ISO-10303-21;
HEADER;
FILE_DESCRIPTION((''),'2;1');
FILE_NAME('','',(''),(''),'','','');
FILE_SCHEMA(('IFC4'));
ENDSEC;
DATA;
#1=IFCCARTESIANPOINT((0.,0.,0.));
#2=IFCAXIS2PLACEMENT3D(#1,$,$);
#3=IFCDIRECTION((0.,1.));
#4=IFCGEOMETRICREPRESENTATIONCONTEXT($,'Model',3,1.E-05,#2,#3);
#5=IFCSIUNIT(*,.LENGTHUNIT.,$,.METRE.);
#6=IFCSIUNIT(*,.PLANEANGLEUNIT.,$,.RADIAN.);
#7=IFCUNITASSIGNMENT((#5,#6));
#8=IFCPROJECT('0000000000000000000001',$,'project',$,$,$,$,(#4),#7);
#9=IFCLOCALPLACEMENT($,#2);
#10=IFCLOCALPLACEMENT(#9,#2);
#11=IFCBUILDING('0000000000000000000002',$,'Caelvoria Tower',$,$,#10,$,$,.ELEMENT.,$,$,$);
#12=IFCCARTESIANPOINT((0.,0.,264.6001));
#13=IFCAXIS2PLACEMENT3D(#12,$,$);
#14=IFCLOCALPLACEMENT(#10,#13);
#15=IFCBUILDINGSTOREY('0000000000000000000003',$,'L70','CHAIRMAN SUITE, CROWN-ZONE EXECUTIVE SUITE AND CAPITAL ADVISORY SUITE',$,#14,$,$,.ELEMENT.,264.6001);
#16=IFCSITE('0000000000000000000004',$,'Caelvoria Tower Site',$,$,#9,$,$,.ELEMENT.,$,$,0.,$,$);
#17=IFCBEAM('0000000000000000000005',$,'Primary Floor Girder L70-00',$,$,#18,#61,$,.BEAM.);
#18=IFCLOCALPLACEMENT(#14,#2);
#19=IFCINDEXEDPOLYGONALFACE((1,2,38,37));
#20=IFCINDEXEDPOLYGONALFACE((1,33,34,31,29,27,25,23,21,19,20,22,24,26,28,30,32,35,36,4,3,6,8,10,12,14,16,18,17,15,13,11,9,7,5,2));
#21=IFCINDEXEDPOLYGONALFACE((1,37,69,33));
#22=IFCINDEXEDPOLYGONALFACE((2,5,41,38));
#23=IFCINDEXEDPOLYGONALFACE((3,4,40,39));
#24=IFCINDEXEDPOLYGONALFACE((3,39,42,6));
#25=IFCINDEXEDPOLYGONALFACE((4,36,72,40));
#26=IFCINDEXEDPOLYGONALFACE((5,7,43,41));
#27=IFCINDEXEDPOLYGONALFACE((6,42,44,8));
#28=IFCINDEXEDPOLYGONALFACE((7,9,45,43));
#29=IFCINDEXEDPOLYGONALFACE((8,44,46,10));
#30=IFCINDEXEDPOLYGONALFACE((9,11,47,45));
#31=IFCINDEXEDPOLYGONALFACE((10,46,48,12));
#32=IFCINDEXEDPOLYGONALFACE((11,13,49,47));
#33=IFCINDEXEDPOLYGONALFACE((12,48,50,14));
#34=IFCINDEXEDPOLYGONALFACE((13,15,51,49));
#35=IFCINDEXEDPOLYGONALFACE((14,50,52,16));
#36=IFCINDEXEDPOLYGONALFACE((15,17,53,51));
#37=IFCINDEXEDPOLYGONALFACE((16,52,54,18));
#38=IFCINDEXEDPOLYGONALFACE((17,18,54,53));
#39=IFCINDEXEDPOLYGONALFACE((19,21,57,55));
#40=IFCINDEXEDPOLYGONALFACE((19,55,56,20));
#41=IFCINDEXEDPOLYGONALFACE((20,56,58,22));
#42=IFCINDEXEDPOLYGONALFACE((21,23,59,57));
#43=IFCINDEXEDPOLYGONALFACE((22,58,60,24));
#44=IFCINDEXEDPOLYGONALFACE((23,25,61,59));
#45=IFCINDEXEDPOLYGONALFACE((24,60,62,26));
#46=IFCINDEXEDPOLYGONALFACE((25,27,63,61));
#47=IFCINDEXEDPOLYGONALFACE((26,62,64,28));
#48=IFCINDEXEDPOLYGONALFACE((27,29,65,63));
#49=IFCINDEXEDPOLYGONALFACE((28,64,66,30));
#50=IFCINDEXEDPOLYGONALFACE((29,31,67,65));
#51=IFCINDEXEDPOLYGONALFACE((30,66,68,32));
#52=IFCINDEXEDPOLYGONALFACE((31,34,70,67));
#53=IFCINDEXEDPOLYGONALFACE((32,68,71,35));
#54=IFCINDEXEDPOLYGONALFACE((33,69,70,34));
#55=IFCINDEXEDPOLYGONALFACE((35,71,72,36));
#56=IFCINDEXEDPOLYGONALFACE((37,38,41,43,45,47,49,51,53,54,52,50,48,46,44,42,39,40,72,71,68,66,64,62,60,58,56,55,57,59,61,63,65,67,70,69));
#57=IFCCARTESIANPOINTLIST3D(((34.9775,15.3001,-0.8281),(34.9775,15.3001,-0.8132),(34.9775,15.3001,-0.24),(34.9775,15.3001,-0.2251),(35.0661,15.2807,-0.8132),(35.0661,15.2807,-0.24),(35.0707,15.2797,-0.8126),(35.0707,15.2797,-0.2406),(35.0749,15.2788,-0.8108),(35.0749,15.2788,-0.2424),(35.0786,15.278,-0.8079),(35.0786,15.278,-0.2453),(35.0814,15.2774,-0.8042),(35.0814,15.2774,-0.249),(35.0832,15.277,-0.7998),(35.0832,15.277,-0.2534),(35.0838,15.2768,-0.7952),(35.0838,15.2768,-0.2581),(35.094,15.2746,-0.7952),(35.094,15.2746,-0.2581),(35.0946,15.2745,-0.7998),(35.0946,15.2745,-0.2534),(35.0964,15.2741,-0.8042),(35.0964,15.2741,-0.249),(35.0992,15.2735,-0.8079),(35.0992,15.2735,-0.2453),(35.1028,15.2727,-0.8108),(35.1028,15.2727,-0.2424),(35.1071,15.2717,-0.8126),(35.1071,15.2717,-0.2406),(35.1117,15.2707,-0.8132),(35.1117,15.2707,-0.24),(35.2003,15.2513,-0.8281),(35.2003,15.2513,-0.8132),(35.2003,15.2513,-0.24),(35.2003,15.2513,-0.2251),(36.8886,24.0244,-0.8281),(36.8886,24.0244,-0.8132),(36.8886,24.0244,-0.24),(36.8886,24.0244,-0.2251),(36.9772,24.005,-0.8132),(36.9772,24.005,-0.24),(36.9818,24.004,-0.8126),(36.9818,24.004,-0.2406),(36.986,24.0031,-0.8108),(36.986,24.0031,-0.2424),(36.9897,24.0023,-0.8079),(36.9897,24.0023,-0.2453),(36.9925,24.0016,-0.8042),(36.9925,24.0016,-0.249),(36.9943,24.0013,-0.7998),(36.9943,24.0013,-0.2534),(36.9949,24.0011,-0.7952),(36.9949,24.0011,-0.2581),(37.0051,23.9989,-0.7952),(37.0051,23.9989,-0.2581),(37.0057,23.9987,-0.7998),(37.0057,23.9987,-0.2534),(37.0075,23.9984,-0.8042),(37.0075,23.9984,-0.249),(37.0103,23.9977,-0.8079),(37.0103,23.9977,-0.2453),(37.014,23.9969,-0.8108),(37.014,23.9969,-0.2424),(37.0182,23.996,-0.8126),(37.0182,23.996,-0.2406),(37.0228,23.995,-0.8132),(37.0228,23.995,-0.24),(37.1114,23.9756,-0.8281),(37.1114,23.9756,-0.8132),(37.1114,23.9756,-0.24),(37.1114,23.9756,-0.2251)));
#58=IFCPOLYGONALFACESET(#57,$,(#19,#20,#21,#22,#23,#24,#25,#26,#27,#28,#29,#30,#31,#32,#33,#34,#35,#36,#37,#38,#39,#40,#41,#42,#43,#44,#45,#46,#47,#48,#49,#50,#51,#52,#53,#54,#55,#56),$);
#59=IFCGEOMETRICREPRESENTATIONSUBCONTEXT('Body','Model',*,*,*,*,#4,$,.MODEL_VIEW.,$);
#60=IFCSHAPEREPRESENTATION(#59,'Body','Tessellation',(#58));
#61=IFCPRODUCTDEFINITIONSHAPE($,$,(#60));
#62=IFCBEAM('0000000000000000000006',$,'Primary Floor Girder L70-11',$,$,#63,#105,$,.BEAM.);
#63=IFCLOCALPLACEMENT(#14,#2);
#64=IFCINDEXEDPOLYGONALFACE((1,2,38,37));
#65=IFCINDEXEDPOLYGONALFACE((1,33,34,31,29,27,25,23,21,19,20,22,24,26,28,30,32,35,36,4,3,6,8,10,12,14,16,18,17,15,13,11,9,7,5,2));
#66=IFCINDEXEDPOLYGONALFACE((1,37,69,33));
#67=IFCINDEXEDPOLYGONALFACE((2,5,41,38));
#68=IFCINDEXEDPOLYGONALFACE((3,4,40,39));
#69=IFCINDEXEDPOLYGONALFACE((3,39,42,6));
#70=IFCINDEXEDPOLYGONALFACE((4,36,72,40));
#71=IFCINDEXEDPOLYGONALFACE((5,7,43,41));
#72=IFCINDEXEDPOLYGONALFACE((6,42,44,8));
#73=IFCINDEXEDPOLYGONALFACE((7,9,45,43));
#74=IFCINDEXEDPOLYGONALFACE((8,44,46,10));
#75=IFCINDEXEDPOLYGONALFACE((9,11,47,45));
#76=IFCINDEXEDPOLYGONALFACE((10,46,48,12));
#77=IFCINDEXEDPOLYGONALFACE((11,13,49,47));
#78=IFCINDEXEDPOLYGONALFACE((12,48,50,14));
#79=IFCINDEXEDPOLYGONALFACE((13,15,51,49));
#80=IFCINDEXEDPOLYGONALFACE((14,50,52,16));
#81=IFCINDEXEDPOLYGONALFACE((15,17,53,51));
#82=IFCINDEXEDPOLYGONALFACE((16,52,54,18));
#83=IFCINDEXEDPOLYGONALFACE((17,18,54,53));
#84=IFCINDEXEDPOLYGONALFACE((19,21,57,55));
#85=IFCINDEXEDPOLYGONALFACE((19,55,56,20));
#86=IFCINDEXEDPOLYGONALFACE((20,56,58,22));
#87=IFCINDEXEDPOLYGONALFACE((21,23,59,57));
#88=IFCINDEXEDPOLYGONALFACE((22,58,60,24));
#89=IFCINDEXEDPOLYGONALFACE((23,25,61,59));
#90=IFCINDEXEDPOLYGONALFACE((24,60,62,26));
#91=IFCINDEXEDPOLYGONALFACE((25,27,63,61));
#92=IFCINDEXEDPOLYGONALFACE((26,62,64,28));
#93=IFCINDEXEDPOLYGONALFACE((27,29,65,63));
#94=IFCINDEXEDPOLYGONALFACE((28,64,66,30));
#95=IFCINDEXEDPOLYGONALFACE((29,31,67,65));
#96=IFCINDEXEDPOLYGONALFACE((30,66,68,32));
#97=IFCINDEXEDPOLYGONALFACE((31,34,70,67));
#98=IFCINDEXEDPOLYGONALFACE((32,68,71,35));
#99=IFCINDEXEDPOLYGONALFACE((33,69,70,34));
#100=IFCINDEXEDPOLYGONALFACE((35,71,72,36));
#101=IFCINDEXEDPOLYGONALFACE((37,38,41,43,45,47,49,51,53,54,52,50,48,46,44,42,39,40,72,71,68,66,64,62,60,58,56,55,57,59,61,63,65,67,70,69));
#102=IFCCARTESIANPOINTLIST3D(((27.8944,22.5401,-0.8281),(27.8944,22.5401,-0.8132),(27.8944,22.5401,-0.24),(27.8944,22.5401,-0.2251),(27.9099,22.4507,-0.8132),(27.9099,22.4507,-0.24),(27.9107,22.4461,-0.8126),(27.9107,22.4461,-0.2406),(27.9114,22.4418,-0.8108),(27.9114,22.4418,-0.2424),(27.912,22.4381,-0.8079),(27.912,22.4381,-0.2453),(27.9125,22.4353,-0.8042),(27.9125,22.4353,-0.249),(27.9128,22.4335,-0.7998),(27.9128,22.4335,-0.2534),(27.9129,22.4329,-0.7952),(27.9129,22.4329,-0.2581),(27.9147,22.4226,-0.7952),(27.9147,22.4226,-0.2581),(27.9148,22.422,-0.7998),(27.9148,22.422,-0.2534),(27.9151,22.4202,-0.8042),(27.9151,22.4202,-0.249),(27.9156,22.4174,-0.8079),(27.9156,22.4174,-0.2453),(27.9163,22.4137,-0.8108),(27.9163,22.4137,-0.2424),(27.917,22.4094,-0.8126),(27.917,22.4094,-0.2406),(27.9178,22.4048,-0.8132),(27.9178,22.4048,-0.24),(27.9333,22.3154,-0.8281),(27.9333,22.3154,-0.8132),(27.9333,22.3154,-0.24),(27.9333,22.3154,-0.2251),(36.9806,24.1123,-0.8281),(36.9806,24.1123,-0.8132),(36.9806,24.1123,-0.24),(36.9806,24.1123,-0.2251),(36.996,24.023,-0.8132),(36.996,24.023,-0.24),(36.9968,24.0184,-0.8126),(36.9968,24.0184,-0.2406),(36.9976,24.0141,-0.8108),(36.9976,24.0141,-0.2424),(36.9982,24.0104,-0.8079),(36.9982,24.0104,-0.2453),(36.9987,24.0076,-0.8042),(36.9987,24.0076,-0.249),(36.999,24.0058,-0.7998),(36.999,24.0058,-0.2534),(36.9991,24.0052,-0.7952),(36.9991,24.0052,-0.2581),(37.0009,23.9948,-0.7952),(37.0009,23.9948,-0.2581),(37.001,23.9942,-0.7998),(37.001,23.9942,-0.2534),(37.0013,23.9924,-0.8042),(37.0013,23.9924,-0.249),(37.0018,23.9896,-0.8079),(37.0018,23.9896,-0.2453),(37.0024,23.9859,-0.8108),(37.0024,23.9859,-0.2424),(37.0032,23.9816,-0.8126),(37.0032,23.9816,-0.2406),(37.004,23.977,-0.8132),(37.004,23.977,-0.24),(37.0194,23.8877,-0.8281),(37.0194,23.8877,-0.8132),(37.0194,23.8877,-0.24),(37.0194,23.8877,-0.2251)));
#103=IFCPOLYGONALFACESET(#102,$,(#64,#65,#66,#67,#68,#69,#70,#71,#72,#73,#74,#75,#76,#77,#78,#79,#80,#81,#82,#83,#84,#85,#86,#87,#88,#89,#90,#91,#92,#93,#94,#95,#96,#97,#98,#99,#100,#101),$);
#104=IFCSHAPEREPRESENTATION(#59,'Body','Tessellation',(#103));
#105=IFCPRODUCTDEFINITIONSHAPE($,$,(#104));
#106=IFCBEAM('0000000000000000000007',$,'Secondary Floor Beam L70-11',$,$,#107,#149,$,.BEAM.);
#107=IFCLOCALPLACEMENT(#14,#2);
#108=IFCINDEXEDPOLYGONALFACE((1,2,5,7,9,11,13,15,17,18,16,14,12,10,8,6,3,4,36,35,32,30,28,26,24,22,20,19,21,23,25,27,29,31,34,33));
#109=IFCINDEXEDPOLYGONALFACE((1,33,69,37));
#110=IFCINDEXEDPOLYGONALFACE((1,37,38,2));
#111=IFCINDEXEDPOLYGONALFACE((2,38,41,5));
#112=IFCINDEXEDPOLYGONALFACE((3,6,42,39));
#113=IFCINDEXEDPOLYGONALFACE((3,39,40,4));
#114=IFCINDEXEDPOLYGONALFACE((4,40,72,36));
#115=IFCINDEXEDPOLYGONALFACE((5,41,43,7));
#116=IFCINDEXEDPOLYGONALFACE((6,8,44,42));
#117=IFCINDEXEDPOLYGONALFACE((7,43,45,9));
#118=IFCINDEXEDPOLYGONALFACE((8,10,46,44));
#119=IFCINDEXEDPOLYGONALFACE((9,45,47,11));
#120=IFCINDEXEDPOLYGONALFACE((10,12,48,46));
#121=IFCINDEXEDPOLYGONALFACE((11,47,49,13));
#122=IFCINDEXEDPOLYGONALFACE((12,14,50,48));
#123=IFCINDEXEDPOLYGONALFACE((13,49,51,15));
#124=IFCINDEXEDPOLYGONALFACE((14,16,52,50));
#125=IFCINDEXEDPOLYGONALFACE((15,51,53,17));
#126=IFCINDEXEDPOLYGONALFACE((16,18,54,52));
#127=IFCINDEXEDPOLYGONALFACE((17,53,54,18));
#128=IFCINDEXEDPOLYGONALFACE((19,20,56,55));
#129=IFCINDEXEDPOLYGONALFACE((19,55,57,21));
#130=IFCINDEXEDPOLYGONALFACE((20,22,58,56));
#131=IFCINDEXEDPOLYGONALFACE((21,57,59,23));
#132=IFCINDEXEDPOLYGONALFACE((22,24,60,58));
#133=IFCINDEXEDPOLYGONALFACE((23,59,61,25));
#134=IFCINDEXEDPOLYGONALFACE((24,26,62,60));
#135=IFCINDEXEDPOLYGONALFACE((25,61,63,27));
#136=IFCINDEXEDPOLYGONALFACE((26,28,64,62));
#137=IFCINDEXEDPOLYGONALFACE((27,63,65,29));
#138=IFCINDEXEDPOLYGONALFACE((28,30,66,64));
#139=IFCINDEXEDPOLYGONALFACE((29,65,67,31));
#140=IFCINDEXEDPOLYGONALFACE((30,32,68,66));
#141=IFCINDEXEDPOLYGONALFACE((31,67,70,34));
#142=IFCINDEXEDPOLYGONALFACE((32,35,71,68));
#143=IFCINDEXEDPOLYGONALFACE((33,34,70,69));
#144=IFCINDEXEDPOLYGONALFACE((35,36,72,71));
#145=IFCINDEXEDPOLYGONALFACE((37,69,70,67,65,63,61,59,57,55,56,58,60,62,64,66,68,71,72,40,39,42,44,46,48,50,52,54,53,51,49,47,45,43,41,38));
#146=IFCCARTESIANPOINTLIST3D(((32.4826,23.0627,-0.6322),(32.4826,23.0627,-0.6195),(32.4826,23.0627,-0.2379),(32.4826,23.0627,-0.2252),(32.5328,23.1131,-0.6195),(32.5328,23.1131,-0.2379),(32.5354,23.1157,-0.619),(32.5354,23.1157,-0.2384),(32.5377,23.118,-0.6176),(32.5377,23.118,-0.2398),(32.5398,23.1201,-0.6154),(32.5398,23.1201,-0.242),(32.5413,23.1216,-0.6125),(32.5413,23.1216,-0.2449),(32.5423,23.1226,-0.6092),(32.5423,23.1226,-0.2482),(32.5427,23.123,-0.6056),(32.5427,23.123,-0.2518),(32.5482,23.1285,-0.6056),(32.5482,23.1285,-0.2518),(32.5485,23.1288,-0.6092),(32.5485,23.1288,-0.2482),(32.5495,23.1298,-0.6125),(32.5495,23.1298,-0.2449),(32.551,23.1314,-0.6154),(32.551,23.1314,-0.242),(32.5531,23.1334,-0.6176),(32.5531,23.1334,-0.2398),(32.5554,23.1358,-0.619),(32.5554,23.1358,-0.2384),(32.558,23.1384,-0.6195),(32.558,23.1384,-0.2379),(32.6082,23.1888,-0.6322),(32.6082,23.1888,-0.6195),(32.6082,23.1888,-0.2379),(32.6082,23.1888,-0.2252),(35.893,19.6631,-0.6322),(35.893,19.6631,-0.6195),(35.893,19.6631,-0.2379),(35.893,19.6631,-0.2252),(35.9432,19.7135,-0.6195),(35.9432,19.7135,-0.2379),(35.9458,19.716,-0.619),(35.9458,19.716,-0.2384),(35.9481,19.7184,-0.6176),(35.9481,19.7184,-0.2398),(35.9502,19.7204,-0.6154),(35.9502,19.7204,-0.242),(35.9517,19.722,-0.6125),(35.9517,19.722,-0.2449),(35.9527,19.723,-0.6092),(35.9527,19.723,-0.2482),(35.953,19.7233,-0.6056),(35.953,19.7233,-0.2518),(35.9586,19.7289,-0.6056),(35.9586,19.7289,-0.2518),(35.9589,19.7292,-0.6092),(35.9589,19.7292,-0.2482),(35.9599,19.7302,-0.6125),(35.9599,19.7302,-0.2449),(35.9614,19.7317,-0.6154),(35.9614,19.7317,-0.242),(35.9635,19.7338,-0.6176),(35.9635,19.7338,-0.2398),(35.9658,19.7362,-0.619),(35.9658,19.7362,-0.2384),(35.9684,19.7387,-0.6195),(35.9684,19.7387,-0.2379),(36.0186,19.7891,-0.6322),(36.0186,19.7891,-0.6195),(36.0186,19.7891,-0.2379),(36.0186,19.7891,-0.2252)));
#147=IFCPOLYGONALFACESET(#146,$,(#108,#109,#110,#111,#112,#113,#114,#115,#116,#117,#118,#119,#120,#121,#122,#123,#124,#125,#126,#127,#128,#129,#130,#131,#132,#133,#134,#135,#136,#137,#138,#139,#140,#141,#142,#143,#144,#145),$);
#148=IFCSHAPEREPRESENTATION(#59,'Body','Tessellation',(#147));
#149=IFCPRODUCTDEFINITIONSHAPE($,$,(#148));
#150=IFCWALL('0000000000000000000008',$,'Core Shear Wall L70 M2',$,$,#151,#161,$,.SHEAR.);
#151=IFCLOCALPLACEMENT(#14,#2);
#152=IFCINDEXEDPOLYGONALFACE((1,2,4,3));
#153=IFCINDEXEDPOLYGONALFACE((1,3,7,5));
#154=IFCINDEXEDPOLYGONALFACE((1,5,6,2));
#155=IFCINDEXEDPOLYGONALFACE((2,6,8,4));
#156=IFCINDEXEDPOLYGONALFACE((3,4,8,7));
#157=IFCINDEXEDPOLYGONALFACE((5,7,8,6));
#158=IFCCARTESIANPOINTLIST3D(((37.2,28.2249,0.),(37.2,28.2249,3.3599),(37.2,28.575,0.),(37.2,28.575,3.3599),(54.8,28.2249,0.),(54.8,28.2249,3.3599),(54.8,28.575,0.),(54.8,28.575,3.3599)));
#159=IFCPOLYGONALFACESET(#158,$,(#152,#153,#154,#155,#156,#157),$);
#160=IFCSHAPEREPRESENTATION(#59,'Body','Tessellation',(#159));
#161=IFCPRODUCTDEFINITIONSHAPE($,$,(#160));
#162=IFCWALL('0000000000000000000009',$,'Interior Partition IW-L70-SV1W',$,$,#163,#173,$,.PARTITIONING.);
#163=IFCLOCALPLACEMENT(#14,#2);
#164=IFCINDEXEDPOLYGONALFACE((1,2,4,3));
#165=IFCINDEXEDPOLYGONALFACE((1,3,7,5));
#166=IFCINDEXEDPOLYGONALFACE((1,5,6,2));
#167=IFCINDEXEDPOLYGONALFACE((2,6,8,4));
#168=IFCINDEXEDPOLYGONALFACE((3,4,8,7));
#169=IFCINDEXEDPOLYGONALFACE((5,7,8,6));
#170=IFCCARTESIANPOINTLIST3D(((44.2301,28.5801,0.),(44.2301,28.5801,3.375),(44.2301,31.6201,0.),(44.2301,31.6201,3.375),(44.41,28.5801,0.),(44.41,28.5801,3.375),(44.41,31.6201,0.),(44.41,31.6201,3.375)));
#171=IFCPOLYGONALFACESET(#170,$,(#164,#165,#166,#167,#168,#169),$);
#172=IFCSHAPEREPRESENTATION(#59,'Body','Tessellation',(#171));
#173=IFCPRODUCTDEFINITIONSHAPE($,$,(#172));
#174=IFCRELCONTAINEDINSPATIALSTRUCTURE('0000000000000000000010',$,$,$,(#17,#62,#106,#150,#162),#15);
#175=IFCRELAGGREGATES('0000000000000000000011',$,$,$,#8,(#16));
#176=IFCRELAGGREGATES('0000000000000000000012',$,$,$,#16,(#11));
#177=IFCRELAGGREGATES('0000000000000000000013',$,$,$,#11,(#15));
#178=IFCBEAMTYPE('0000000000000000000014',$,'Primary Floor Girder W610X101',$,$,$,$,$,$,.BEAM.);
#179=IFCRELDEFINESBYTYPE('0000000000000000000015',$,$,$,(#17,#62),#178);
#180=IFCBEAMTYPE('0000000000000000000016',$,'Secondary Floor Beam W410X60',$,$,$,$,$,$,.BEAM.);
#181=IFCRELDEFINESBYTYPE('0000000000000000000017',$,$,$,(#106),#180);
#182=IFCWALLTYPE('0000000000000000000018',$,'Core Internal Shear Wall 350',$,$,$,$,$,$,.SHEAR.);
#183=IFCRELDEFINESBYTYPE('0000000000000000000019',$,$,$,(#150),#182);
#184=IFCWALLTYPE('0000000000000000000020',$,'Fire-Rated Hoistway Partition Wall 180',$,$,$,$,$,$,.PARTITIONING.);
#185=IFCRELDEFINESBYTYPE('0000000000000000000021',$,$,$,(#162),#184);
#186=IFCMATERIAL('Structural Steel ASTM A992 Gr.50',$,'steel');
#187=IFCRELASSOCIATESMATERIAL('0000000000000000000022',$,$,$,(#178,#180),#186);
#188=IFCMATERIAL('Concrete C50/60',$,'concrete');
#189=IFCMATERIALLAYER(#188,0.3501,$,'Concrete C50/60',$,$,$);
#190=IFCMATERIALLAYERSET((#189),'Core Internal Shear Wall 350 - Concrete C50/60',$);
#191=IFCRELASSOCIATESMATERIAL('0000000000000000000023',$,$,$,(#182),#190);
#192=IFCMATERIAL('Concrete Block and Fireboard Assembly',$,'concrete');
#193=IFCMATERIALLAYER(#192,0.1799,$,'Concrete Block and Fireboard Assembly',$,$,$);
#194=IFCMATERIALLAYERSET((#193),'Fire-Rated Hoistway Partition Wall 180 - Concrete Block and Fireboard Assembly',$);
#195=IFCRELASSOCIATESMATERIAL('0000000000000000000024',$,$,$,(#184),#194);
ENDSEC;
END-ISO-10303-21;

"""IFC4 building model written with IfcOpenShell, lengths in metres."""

from ifc_helpers import new_model, si_unit, direction, frame, frame_2d, origin, origin_2d, place, context, subcontext, project, spatial, rectangle, i_section, extrude, material, layer, layer_set, material_profile, profile_set, type_object, element, save


model = new_model("IFC4")

# Units and contexts
model_context = context("Model", 3, precision=1e-05, world=origin(), true_north=direction((0.0, 1.0)))
body_context = subcontext(model_context, "Body", "Model", "MODEL_VIEW")
ifc_project = project(units=[si_unit("LENGTHUNIT", "METRE"), si_unit("PLANEANGLEUNIT", "RADIAN")], contexts=[model_context])

# Site, building, storey
site_placement = place(None, origin())
site = spatial("IfcSite", under=ifc_project, at=site_placement, Name="Caelvoria Tower Site", CompositionType="ELEMENT", RefElevation=0.0)
building_placement = place(site_placement, origin())
building = spatial("IfcBuilding", under=site, at=building_placement, Name="Caelvoria Tower", CompositionType="ELEMENT")
storey_placement = place(building_placement, frame((0.0, 0.0, 264.6001)))
storey = spatial("IfcBuildingStorey", under=building, at=storey_placement, Name="L70", Description="CHAIRMAN SUITE, CROWN-ZONE EXECUTIVE SUITE AND CAPITAL ADVISORY SUITE", CompositionType="ELEMENT", Elevation=264.6001)

# Beams
ifc_material_1 = material(Name="Structural Steel ASTM A992 Gr.50", Category="steel")
ifc_material_profile_1 = material_profile(ifc_material_1, i_section(OverallWidth=0.228, OverallDepth=0.603, WebThickness=0.0105, FlangeThickness=0.0149, FilletRadius=0.0181, at=origin_2d()), Name="Structural Steel ASTM A992 Gr.50")
ifc_profile_set_1 = profile_set([ifc_material_profile_1], Name="W610X101 - Structural Steel ASTM A992 Gr.50")
beam_type_1 = type_object("IfcBeamType", Name="Primary Floor Girder W610X101", PredefinedType="BEAM", material=ifc_profile_set_1)
beam_1_placement = place(storey_placement, frame((37.0, 24.0, -0.5266), z_axis=(-0.213983, -0.976837, 0.0), x_axis=(0.976837, -0.213983, 0.0)))
element("IfcBeam", 1, at=beam_1_placement, inside=storey, type_object=beam_type_1, Name="Primary Floor Girder L70-00", PredefinedType="BEAM", context=body_context, shape_type="SweptSolid", body=[
    extrude(i_section(OverallWidth=0.228, OverallDepth=0.603, WebThickness=0.0105, FlangeThickness=0.0149, FilletRadius=0.0181, at=origin_2d()), origin(), (0.0, 0.0, 1.0), 8.9312),
])
beam_2_placement = place(storey_placement, frame((37.0, 24.0, -0.5266), z_axis=(-0.985357, -0.170505, 0.0), x_axis=(0.170505, -0.985357, 0.0)))
element("IfcBeam", 2, at=beam_2_placement, inside=storey, type_object=beam_type_1, Name="Primary Floor Girder L70-11", PredefinedType="BEAM", context=body_context, shape_type="SweptSolid", body=[
    extrude(i_section(OverallWidth=0.228, OverallDepth=0.603, WebThickness=0.0105, FlangeThickness=0.0149, FilletRadius=0.0181, at=origin_2d()), origin(), (0.0, 0.0, 1.0), 9.2212),
])
ifc_material_profile_2 = material_profile(ifc_material_1, i_section(OverallWidth=0.178, OverallDepth=0.407, WebThickness=0.0078, FlangeThickness=0.0127, FilletRadius=0.0139, at=origin_2d()), Name="Structural Steel ASTM A992 Gr.50")
ifc_profile_set_2 = profile_set([ifc_material_profile_2], Name="W410X60 - Structural Steel ASTM A992 Gr.50")
beam_type_2 = type_object("IfcBeamType", Name="Secondary Floor Beam W410X60", PredefinedType="BEAM", material=ifc_profile_set_2)
beam_3_placement = place(storey_placement, frame((32.5454, 23.1257, -0.4287), z_axis=(0.708221, -0.705991, 0.0), x_axis=(0.705991, 0.708221, 0.0)))
element("IfcBeam", 3, at=beam_3_placement, inside=storey, type_object=beam_type_2, Name="Secondary Floor Beam L70-11", PredefinedType="BEAM", context=body_context, shape_type="SweptSolid", body=[
    extrude(i_section(OverallWidth=0.178, OverallDepth=0.407, WebThickness=0.0078, FlangeThickness=0.0127, FilletRadius=0.0139, at=origin_2d()), origin(), (0.0, 0.0, 1.0), 4.8154),
])

# Wall
ifc_material_2 = material(Name="Concrete C50/60", Category="concrete")
ifc_layer_1 = layer(ifc_material_2, 0.3501, Name="Concrete C50/60")
ifc_layer_set_1 = layer_set([ifc_layer_1], Name="Core Internal Shear Wall 350 - Concrete C50/60")
wall_type_1 = type_object("IfcWallType", Name="Core Internal Shear Wall 350", PredefinedType="SHEAR", material=ifc_layer_set_1)
wall_1_placement = place(storey_placement, frame((37.2, 28.3999, 0.0), z_axis=(0.0, 0.0, 1.0), x_axis=(1.0, 0.0, 0.0)))
element("IfcWall", 4, at=wall_1_placement, inside=storey, type_object=wall_type_1, Name="Core Shear Wall L70 M2", PredefinedType="SHEAR", context=body_context, shape_type="SweptSolid", body=[
    extrude(rectangle(XDim=17.6001, YDim=0.3501, at=frame_2d((8.8, 0.0))), origin(), (0.0, 0.0, 1.0), 3.3599),
])

# Wall
ifc_material_3 = material(Name="Concrete Block and Fireboard Assembly", Category="concrete")
ifc_layer_2 = layer(ifc_material_3, 0.1799, Name="Concrete Block and Fireboard Assembly")
ifc_layer_set_2 = layer_set([ifc_layer_2], Name="Fire-Rated Hoistway Partition Wall 180 - Concrete Block and Fireboard Assembly")
wall_type_2 = type_object("IfcWallType", Name="Fire-Rated Hoistway Partition Wall 180", PredefinedType="PARTITIONING", material=ifc_layer_set_2)
wall_2_placement = place(storey_placement, frame((44.3201, 28.5801, 0.0), z_axis=(0.0, 0.0, 1.0), x_axis=(0.0, 1.0, 0.0)))
element("IfcWall", 5, at=wall_2_placement, inside=storey, type_object=wall_type_2, Name="Interior Partition IW-L70-SV1W", PredefinedType="PARTITIONING", context=body_context, shape_type="SweptSolid", body=[
    extrude(rectangle(XDim=3.04, YDim=0.1799, at=frame_2d((1.52, 0.0))), origin(), (0.0, 0.0, 1.0), 3.375),
])

save(model, "model.ifc")
